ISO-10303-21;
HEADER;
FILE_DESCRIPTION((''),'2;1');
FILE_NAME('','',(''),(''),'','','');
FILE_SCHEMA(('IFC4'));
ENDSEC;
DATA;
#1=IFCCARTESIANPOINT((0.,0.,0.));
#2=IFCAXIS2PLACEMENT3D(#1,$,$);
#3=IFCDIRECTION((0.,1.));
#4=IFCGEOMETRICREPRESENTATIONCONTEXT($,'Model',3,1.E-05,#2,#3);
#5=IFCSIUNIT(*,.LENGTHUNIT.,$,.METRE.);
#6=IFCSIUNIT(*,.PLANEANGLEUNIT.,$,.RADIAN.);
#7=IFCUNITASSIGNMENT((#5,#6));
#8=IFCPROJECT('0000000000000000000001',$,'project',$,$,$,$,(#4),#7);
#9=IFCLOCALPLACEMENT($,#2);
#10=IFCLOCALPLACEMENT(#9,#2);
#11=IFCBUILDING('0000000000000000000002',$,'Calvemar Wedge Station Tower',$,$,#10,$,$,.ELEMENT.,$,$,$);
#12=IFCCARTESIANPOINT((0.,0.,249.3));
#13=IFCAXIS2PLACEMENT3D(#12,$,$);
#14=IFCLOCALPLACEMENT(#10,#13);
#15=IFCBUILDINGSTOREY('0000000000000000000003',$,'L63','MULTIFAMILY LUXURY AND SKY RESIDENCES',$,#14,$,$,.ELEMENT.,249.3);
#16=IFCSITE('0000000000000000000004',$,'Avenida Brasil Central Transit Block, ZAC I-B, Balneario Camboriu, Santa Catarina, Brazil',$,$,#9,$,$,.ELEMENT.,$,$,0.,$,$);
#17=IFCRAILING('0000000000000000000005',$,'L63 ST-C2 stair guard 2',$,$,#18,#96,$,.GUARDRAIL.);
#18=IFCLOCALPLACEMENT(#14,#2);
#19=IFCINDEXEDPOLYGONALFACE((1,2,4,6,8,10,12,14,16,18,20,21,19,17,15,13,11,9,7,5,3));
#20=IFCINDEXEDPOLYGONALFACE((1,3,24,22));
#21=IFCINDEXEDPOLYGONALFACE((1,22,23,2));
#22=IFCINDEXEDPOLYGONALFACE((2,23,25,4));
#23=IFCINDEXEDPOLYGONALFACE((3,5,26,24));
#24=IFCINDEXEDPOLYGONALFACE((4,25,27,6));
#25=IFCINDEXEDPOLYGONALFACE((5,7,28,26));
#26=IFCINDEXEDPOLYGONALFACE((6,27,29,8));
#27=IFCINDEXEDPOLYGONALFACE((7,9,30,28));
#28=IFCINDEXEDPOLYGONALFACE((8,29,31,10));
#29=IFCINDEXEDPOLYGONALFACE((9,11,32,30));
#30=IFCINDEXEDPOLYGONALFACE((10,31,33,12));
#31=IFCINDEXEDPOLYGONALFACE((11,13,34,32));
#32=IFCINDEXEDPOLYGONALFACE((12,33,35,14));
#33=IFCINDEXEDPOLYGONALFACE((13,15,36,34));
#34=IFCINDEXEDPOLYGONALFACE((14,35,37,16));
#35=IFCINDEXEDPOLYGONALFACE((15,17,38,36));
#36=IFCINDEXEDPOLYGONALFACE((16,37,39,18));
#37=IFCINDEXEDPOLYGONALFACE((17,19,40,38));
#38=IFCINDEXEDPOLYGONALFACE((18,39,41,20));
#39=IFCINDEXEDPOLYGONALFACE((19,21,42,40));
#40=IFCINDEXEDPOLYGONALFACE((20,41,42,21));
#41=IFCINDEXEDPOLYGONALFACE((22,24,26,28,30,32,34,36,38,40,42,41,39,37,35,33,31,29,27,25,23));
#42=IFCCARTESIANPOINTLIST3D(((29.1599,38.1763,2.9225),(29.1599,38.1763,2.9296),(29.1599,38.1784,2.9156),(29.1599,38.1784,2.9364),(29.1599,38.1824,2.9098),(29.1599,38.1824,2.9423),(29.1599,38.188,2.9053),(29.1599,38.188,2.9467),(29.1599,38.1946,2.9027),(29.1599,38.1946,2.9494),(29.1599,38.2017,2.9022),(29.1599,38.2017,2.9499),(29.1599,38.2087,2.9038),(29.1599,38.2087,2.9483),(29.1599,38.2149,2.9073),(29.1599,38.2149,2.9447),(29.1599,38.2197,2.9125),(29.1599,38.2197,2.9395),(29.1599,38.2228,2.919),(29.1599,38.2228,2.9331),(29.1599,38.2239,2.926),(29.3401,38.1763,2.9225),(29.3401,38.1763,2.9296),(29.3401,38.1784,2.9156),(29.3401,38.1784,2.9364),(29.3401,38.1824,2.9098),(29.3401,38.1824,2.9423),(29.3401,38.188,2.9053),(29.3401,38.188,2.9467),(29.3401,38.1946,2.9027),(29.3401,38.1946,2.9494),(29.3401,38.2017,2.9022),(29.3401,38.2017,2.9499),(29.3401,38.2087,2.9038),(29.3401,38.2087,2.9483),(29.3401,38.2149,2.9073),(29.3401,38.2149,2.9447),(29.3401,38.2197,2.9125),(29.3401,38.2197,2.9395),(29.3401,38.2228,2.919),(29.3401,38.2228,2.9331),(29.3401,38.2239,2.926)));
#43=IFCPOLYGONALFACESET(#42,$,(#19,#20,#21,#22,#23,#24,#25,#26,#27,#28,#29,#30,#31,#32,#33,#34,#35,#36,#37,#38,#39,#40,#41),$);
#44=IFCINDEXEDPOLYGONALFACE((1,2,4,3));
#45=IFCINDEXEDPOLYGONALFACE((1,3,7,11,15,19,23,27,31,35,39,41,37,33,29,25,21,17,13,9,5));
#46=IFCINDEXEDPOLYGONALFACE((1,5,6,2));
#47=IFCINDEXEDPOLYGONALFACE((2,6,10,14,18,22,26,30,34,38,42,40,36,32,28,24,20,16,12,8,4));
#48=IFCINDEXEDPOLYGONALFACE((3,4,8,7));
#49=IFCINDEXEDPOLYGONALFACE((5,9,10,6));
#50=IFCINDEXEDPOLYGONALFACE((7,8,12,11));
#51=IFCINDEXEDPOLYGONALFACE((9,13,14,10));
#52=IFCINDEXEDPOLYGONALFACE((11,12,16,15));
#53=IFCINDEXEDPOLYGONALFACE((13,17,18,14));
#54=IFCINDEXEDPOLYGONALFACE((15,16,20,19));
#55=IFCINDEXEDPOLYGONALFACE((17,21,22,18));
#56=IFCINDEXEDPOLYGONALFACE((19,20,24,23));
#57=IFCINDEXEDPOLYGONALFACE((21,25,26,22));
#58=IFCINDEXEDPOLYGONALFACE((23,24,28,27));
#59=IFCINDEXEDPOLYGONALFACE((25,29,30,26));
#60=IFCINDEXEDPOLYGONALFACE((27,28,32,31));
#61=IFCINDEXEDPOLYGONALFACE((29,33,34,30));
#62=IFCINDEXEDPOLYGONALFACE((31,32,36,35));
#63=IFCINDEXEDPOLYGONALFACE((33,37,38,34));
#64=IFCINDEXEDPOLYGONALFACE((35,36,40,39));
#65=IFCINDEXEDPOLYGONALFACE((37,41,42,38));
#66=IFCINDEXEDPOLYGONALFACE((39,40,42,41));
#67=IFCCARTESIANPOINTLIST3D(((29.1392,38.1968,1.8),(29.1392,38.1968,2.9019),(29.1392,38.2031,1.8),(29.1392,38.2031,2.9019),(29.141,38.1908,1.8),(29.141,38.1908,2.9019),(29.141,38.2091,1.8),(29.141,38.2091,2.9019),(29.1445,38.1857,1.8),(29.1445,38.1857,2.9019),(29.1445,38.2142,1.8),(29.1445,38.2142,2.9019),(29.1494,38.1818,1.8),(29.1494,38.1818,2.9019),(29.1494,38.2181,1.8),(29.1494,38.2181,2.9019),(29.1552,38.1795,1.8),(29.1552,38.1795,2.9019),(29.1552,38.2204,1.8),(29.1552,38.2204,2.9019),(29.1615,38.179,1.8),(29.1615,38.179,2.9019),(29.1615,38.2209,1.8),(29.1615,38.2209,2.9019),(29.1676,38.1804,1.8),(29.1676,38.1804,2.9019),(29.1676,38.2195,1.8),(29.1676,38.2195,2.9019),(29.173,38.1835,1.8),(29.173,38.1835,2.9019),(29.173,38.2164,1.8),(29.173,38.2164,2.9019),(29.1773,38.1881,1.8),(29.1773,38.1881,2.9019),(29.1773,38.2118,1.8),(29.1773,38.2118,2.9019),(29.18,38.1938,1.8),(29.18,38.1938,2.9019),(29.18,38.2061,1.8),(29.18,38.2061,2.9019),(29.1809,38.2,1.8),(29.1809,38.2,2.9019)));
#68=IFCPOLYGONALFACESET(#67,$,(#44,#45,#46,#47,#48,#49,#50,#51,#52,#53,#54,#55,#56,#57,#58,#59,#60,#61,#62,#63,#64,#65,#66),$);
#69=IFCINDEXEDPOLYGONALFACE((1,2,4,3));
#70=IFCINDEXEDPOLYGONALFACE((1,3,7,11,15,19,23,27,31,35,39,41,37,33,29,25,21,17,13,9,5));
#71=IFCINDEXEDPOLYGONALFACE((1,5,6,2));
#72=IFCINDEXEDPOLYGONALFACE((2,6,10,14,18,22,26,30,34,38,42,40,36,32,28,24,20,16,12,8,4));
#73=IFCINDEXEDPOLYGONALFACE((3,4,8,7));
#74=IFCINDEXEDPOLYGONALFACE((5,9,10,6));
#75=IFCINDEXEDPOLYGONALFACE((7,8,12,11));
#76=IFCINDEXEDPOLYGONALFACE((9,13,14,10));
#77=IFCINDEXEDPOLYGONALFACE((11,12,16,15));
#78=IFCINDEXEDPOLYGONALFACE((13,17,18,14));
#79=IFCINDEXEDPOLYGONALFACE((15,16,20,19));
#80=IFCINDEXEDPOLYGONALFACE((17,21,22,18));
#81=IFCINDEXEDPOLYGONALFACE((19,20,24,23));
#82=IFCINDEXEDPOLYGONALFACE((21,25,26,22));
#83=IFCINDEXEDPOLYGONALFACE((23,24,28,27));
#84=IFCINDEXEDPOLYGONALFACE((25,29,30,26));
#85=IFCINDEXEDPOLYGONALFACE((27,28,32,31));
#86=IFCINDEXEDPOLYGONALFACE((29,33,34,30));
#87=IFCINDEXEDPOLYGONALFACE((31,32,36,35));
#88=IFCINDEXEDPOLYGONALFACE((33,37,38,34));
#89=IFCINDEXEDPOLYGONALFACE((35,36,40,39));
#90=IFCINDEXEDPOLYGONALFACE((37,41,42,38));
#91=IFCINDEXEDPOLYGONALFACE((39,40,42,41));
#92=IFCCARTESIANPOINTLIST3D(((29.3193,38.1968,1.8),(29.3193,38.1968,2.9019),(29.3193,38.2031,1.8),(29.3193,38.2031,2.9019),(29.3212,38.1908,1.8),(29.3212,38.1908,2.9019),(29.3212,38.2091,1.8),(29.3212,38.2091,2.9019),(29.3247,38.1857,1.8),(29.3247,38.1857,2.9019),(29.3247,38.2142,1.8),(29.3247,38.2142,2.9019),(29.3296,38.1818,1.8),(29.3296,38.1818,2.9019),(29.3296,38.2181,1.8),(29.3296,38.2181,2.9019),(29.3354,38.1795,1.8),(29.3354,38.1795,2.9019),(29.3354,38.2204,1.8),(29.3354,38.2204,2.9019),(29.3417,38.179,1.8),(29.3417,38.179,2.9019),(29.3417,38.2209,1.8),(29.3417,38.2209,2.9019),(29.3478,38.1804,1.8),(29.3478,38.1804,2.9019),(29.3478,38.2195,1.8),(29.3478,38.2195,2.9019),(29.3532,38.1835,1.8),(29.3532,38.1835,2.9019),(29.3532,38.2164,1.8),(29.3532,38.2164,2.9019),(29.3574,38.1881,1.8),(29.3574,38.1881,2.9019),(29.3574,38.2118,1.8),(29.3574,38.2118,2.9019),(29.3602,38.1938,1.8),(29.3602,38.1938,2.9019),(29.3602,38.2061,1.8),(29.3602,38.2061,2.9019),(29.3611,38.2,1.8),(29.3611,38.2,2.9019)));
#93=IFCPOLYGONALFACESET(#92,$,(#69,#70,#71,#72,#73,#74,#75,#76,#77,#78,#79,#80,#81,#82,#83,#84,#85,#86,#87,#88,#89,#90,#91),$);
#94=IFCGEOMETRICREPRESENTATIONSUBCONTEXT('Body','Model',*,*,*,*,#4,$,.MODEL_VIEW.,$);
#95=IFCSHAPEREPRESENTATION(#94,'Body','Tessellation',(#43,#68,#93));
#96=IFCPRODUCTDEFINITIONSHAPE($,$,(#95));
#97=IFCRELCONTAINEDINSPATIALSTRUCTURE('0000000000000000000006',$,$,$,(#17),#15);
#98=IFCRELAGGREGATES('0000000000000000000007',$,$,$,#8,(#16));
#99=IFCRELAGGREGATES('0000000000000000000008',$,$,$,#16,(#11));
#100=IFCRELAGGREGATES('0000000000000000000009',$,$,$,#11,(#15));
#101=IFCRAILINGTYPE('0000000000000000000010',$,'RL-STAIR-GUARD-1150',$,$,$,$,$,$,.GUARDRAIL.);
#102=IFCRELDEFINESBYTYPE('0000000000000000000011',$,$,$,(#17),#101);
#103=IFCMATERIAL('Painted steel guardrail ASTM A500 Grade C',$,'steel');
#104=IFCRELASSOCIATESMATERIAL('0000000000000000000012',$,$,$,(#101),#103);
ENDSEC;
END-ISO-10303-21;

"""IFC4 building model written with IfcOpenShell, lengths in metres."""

from ifc_helpers import new_model, si_unit, direction, frame, origin, origin_2d, place, context, subcontext, project, spatial, circle, extrude, material, type_object, element, save


model = new_model("IFC4")

# Units and contexts
model_context = context("Model", 3, precision=1e-05, world=origin(), true_north=direction((0.0, 1.0)))
body_context = subcontext(model_context, "Body", "Model", "MODEL_VIEW")
ifc_project = project(units=[si_unit("LENGTHUNIT", "METRE"), si_unit("PLANEANGLEUNIT", "RADIAN")], contexts=[model_context])

# Site, building, storey
site_placement = place(None, origin())
site = spatial("IfcSite", under=ifc_project, at=site_placement, Name="Avenida Brasil Central Transit Block, ZAC I-B, Balneario Camboriu, Santa Catarina, Brazil", CompositionType="ELEMENT", RefElevation=0.0)
building_placement = place(site_placement, origin())
building = spatial("IfcBuilding", under=site, at=building_placement, Name="Calvemar Wedge Station Tower", CompositionType="ELEMENT")
storey_placement = place(building_placement, frame((0.0, 0.0, 249.3)))
storey = spatial("IfcBuildingStorey", under=building, at=storey_placement, Name="L63", Description="MULTIFAMILY LUXURY AND SKY RESIDENCES", CompositionType="ELEMENT", Elevation=249.3)

# Railing
ifc_material_1 = material(Name="Painted steel guardrail ASTM A500 Grade C", Category="steel")
railing_type_1 = type_object("IfcRailingType", Name="RL-STAIR-GUARD-1150", PredefinedType="GUARDRAIL", material=ifc_material_1)
railing_1_placement = place(storey_placement, frame((29.1599, 38.2, 1.8)))
element("IfcRailing", 1, at=railing_1_placement, inside=storey, type_object=railing_type_1, Name="L63 ST-C2 stair guard 2", PredefinedType="GUARDRAIL", context=body_context, shape_type="SweptSolid", body=[
    extrude(circle(Radius=0.0239, at=origin_2d()), frame((0.0, 0.0, 1.126), z_axis=(1.0, 0.0, 0.0), x_axis=(0.0, 1.0, 0.0)), (0.0, 0.0, 1.0), 0.1802),
    extrude(circle(Radius=0.021, at=origin_2d()), origin(), (0.0, 0.0, 1.0), 1.1018),
    extrude(circle(Radius=0.021, at=origin_2d()), frame((0.1802, 0.0, 0.0)), (0.0, 0.0, 1.0), 1.1018),
])

save(model, "model.ifc")
